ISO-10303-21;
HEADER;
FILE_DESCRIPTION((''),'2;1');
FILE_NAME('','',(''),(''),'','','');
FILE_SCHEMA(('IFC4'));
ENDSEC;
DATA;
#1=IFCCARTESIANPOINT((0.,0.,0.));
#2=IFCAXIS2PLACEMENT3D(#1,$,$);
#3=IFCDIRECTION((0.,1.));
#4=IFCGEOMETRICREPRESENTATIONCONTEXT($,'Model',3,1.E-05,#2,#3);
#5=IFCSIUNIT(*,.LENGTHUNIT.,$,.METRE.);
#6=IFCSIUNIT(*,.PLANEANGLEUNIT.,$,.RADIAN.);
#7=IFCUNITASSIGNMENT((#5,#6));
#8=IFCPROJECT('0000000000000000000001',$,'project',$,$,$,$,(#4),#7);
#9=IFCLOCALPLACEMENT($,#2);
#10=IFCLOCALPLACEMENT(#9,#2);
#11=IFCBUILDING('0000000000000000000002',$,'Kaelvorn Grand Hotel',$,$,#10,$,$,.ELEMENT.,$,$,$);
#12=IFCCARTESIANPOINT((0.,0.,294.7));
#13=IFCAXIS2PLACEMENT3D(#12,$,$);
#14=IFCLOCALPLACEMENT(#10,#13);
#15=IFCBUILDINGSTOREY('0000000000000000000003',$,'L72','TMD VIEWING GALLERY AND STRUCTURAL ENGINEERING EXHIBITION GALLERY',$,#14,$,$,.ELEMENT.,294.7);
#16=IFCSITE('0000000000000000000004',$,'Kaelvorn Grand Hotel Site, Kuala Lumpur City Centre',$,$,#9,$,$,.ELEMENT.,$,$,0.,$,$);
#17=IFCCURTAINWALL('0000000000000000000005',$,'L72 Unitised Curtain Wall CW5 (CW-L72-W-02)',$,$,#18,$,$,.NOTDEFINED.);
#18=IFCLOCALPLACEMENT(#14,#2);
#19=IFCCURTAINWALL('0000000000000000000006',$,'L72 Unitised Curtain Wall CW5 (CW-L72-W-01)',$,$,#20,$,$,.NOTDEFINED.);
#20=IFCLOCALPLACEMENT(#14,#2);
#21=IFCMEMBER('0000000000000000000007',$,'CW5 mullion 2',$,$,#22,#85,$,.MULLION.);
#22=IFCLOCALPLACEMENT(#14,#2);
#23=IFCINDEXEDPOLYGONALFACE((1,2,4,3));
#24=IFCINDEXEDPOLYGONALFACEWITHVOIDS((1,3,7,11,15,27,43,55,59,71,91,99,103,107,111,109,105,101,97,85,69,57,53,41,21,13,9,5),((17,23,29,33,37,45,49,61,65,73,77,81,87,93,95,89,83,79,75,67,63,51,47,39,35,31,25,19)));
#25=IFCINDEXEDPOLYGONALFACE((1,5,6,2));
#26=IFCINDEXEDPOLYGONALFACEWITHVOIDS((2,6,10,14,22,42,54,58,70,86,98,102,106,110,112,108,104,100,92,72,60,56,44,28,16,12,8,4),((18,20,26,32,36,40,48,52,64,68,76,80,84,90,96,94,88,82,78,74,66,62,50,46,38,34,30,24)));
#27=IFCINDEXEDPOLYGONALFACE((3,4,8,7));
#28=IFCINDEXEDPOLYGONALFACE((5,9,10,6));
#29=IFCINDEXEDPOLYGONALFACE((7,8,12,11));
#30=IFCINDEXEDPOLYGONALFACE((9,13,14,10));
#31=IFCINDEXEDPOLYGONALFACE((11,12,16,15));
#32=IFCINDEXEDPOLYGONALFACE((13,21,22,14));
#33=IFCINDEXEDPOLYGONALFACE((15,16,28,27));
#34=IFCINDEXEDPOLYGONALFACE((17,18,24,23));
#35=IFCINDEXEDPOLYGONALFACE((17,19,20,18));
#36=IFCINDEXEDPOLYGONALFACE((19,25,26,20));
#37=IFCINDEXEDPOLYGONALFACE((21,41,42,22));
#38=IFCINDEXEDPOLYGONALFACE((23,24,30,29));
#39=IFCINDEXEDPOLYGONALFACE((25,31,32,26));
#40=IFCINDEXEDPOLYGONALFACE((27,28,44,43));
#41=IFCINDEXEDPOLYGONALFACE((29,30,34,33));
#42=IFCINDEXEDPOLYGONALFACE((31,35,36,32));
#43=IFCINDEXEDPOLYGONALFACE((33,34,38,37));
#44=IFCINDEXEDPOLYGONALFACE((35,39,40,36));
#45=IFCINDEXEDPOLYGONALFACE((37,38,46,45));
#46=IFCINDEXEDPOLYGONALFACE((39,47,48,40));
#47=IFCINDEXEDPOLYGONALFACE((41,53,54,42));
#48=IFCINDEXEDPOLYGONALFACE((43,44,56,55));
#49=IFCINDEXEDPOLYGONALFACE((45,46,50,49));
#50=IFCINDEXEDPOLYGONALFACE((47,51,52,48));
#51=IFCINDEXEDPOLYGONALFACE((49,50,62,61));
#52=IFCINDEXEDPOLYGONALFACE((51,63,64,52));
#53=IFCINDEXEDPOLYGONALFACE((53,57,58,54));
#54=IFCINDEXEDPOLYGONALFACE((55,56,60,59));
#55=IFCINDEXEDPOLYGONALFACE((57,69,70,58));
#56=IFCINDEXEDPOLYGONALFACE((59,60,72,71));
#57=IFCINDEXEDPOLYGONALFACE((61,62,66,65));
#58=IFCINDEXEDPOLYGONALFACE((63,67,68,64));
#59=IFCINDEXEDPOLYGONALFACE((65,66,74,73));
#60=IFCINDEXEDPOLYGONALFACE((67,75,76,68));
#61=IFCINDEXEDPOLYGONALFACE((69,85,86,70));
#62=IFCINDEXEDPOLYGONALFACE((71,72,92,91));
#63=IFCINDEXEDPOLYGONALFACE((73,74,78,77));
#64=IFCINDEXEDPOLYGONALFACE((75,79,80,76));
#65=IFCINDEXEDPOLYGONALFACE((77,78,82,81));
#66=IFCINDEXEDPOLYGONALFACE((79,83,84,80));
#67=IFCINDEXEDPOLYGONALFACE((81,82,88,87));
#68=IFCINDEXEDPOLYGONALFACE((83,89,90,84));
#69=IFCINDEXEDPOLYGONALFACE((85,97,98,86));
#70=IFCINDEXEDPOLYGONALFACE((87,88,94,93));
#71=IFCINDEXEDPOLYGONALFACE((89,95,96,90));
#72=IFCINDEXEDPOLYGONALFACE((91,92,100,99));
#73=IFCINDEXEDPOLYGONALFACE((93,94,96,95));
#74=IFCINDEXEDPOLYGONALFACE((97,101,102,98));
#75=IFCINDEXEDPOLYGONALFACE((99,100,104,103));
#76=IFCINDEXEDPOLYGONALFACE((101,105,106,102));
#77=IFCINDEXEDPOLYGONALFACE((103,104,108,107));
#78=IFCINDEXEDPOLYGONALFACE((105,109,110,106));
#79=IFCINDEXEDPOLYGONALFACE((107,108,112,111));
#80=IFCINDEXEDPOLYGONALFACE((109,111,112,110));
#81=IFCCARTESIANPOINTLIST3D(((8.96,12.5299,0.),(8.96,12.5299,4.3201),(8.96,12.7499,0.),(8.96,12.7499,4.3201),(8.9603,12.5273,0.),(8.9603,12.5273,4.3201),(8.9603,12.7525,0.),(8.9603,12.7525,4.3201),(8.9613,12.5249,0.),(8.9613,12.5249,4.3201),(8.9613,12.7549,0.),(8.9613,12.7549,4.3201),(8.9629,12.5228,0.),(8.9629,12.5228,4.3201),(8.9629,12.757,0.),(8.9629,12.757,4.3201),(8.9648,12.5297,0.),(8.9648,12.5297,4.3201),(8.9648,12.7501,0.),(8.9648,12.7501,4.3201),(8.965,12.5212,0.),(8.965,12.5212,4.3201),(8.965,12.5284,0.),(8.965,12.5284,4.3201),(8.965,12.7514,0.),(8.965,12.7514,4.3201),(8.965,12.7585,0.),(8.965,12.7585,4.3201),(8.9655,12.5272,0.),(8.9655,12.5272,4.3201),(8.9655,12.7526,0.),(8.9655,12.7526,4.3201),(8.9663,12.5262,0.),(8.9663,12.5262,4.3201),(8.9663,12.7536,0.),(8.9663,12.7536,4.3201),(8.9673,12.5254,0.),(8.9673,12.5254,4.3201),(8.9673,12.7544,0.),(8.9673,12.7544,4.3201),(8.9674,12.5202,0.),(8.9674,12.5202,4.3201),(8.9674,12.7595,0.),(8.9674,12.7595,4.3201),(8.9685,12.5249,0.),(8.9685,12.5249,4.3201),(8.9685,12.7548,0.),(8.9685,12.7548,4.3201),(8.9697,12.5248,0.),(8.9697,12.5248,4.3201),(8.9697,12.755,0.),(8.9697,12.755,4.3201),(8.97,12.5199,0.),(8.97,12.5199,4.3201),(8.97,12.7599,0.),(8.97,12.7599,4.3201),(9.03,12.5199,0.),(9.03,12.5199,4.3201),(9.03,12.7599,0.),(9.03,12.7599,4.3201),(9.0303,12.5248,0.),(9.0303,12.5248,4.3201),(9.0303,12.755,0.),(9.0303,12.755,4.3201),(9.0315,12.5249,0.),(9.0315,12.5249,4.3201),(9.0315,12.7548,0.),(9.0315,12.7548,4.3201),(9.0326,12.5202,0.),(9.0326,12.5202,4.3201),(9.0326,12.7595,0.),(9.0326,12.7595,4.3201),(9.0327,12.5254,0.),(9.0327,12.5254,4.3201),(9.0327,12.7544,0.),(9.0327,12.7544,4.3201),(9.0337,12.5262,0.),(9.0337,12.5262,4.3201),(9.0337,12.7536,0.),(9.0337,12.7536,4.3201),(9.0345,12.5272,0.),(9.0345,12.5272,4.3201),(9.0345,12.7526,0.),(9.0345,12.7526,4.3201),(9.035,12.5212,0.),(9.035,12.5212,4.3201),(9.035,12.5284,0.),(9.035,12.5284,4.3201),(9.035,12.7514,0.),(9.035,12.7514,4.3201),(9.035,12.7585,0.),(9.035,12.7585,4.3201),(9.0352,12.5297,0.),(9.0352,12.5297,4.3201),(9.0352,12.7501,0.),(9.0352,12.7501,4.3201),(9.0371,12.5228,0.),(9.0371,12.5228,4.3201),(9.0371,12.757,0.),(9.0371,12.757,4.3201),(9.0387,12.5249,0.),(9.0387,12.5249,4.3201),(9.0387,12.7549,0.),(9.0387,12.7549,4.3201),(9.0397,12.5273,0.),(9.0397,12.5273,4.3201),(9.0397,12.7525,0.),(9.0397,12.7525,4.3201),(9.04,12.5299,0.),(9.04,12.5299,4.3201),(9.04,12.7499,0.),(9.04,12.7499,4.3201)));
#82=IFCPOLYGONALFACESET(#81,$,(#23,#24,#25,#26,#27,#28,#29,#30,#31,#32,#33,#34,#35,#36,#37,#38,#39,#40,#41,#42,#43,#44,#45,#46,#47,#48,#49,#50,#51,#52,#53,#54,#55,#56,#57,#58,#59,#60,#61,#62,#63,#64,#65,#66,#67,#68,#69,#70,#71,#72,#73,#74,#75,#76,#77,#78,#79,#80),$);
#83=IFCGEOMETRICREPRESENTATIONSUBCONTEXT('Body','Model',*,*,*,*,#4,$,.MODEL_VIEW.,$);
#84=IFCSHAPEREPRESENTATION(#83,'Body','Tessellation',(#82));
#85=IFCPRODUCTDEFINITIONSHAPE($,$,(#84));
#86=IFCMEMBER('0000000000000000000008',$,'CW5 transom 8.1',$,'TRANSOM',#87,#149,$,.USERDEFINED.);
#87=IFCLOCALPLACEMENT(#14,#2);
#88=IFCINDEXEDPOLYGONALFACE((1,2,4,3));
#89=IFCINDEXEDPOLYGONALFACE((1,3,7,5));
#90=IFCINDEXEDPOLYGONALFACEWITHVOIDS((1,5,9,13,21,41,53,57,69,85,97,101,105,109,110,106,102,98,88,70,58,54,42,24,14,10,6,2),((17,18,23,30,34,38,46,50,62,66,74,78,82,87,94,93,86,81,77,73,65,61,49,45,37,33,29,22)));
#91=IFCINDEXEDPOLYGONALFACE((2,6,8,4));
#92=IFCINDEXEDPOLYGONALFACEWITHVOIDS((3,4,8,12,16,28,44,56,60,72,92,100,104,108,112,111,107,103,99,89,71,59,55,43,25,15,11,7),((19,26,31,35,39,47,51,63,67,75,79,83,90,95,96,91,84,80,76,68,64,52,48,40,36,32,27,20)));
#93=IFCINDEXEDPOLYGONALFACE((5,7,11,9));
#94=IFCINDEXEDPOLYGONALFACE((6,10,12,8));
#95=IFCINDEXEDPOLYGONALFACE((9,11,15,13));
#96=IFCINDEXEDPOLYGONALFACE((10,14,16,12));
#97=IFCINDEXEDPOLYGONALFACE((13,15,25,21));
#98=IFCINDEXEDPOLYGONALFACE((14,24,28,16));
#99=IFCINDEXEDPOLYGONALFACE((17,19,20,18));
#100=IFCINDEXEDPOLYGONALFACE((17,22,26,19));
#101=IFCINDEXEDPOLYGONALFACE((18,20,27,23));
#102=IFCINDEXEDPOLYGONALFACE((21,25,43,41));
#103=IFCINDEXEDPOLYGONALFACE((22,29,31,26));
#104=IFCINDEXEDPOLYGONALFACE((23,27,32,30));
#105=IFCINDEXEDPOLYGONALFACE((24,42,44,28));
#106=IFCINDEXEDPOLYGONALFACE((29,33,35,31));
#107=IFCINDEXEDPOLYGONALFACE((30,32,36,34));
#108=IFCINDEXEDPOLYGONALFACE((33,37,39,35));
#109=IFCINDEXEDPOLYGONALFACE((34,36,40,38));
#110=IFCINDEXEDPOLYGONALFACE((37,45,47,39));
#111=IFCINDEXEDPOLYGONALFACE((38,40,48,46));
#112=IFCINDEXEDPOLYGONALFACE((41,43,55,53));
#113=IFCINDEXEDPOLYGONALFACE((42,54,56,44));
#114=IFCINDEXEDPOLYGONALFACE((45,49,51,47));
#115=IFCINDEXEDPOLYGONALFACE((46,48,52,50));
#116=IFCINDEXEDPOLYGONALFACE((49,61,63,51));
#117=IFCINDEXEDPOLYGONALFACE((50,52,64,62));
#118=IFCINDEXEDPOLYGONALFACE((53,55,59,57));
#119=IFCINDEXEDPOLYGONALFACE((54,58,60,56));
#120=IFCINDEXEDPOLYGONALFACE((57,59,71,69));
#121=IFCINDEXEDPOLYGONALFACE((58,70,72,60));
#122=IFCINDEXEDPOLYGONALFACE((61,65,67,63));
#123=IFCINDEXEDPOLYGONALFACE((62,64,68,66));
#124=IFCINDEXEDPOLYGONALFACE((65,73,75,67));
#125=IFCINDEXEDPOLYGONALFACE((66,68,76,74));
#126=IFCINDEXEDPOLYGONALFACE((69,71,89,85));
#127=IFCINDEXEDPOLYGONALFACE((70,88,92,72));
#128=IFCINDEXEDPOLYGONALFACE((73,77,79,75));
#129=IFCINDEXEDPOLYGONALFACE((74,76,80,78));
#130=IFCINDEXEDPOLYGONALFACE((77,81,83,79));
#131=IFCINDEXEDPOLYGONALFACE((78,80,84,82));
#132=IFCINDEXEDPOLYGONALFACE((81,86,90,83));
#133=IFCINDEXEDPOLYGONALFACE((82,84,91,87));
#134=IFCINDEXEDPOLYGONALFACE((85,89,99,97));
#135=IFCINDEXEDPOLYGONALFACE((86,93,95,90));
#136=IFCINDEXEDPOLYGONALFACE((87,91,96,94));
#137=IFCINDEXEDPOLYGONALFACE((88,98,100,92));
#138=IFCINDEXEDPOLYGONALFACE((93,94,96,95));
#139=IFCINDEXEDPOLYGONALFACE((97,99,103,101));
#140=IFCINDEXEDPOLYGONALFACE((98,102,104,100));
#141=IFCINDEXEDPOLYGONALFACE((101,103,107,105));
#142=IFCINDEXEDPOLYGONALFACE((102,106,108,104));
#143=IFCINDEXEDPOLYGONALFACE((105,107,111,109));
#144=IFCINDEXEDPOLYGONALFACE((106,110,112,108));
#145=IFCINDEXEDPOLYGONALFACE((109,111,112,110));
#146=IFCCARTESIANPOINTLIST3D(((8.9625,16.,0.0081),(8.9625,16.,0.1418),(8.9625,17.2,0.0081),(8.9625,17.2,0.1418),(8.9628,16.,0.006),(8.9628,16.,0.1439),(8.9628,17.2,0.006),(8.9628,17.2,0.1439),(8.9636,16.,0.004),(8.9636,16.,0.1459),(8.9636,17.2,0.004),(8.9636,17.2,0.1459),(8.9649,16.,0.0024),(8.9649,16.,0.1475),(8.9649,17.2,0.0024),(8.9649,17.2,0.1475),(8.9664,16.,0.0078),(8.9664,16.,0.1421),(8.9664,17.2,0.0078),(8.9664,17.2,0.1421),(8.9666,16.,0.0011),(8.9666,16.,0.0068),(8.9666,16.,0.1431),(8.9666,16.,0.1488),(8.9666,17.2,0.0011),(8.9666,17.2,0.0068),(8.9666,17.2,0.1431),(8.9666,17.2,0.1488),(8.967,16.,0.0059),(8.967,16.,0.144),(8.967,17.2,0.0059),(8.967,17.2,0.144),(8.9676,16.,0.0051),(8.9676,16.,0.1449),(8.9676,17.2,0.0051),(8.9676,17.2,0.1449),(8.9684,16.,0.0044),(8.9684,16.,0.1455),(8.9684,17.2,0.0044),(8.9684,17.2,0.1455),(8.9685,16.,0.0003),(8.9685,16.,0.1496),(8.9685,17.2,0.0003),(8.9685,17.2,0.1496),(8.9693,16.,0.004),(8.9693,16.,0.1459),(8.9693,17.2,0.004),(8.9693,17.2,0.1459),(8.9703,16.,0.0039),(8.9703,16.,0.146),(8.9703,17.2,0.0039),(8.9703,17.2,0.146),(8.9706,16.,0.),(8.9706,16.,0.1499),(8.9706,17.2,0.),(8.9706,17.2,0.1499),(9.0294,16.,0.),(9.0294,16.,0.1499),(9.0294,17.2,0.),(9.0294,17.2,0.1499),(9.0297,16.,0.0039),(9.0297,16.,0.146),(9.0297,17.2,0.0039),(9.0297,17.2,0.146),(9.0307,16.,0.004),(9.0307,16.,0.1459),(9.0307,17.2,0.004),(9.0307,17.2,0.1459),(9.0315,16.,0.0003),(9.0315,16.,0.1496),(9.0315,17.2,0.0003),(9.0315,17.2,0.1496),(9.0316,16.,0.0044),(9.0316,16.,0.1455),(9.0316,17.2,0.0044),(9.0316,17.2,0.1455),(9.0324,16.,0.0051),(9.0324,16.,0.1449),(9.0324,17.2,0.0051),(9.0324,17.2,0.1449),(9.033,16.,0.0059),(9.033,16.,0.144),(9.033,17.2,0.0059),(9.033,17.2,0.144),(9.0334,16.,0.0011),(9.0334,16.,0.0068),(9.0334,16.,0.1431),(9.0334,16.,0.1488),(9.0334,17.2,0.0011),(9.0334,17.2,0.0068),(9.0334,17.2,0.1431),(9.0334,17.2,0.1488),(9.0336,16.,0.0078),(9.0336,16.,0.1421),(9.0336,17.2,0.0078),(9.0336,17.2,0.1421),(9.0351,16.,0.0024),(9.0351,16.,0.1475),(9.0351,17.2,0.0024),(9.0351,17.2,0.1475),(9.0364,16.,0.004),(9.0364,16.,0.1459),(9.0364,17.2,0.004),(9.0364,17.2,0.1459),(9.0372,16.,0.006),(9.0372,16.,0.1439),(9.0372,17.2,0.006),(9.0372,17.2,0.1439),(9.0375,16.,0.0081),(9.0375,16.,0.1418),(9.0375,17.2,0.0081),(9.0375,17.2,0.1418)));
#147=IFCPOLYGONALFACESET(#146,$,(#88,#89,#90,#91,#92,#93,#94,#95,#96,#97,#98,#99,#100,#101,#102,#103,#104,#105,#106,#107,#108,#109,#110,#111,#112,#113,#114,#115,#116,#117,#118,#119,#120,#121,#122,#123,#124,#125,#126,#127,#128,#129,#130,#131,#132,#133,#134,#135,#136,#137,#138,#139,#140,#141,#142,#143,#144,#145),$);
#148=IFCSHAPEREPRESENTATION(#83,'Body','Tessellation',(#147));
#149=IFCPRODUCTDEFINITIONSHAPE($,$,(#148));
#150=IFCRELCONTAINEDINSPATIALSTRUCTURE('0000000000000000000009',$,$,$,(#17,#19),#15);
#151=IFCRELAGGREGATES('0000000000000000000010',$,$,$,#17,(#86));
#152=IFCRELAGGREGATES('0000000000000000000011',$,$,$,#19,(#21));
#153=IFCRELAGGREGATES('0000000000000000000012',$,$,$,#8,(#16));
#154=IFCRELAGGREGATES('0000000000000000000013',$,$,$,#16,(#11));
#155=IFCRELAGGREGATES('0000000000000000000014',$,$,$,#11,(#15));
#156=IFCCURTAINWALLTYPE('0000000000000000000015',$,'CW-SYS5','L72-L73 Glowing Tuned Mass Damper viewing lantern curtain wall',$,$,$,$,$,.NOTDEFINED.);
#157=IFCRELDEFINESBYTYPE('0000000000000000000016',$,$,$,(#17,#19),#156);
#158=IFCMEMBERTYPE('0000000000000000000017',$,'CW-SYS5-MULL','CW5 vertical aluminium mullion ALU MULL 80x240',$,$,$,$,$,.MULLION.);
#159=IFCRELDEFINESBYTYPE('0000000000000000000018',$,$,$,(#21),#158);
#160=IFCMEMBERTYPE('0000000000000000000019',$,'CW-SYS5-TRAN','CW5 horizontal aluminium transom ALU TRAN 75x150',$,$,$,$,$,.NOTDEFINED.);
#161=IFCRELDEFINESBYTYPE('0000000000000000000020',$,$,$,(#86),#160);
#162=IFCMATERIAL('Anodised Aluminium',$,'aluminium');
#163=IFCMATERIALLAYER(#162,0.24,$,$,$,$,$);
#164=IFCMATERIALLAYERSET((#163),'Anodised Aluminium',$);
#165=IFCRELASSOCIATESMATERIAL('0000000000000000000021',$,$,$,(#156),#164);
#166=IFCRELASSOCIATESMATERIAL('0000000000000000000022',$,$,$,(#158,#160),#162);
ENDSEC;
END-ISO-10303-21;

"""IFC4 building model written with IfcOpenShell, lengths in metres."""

from ifc_helpers import new_model, si_unit, direction, frame, origin, origin_2d, place, context, subcontext, project, spatial, hollow_rectangle, extrude, material, layer, layer_set, material_profile, profile_set, type_object, element, aggregate, save


model = new_model("IFC4")

# Units and contexts
model_context = context("Model", 3, precision=1e-05, world=origin(), true_north=direction((0.0, 1.0)))
body_context = subcontext(model_context, "Body", "Model", "MODEL_VIEW")
ifc_project = project(units=[si_unit("LENGTHUNIT", "METRE"), si_unit("PLANEANGLEUNIT", "RADIAN")], contexts=[model_context])

# Site, building, storey
site_placement = place(None, origin())
site = spatial("IfcSite", under=ifc_project, at=site_placement, Name="Kaelvorn Grand Hotel Site, Kuala Lumpur City Centre", CompositionType="ELEMENT", RefElevation=0.0)
building_placement = place(site_placement, origin())
building = spatial("IfcBuilding", under=site, at=building_placement, Name="Kaelvorn Grand Hotel", CompositionType="ELEMENT")
storey_placement = place(building_placement, frame((0.0, 0.0, 294.7)))
storey = spatial("IfcBuildingStorey", under=building, at=storey_placement, Name="L72", Description="TMD VIEWING GALLERY AND STRUCTURAL ENGINEERING EXHIBITION GALLERY", CompositionType="ELEMENT", Elevation=294.7)

# Curtain walls, member
ifc_material_1 = material(Name="Anodised Aluminium", Category="aluminium")
ifc_layer_1 = layer(ifc_material_1, 0.24)
ifc_layer_set_1 = layer_set([ifc_layer_1], Name="Anodised Aluminium")
curtain_wall_type = type_object("IfcCurtainWallType", Name="CW-SYS5", Description="L72-L73 Glowing Tuned Mass Damper viewing lantern curtain wall", PredefinedType="NOTDEFINED", material=ifc_layer_set_1)
curtain_wall_1_placement = place(storey_placement, origin())
curtain_wall_1 = element("IfcCurtainWall", 1, at=curtain_wall_1_placement, inside=storey, type_object=curtain_wall_type, Name="L72 Unitised Curtain Wall CW5 (CW-L72-W-02)", PredefinedType="NOTDEFINED")
ifc_material_profile_1 = material_profile(ifc_material_1, hollow_rectangle(XDim=0.0801, YDim=0.24, WallThickness=0.0049, InnerFilletRadius=0.0049, OuterFilletRadius=0.01, at=origin_2d()), Name="ALU MULL 80x240")
ifc_profile_set_1 = profile_set([ifc_material_profile_1], Name="Anodised Aluminium")
member_type_1 = type_object("IfcMemberType", Name="CW-SYS5-MULL", Description="CW5 vertical aluminium mullion ALU MULL 80x240", PredefinedType="MULLION", material=ifc_profile_set_1)
curtain_wall_2_placement = place(storey_placement, origin())
curtain_wall_2 = element("IfcCurtainWall", 2, at=curtain_wall_2_placement, inside=storey, type_object=curtain_wall_type, Name="L72 Unitised Curtain Wall CW5 (CW-L72-W-01)", PredefinedType="NOTDEFINED")
member_1_placement = place(storey_placement, frame((9.0, 12.6399, 0.0), z_axis=(0.0, 0.0, 1.0), x_axis=(1.0, 0.0, 0.0)))
member_1 = element("IfcMember", 3, at=member_1_placement, type_object=member_type_1, Name="CW5 mullion 2", PredefinedType="MULLION", context=body_context, shape_type="SweptSolid", body=[
    extrude(hollow_rectangle(XDim=0.0801, YDim=0.24, WallThickness=0.0049, InnerFilletRadius=0.0049, OuterFilletRadius=0.01, at=origin_2d()), origin(), (0.0, 0.0, 1.0), 4.3201),
])

# Member
ifc_material_profile_2 = material_profile(ifc_material_1, hollow_rectangle(XDim=0.075, YDim=0.1499, WallThickness=0.0039, InnerFilletRadius=0.0039, OuterFilletRadius=0.0081, at=origin_2d()), Name="ALU TRAN 75x150")
ifc_profile_set_2 = profile_set([ifc_material_profile_2], Name="Anodised Aluminium")
member_type_2 = type_object("IfcMemberType", Name="CW-SYS5-TRAN", Description="CW5 horizontal aluminium transom ALU TRAN 75x150", PredefinedType="NOTDEFINED", material=ifc_profile_set_2)
member_2_placement = place(storey_placement, frame((9.0, 17.2, 0.075), z_axis=(0.0, -1.0, 0.0), x_axis=(1.0, 0.0, 0.0)))
member_2 = element("IfcMember", 4, at=member_2_placement, type_object=member_type_2, Name="CW5 transom 8.1", ObjectType="TRANSOM", PredefinedType="USERDEFINED", context=body_context, shape_type="SweptSolid", body=[
    extrude(hollow_rectangle(XDim=0.075, YDim=0.1499, WallThickness=0.0039, InnerFilletRadius=0.0039, OuterFilletRadius=0.0081, at=origin_2d()), origin(), (0.0, 0.0, 1.0), 1.2),
])

aggregate(curtain_wall_1, [member_2])
aggregate(curtain_wall_2, [member_1])

save(model, "model.ifc")
